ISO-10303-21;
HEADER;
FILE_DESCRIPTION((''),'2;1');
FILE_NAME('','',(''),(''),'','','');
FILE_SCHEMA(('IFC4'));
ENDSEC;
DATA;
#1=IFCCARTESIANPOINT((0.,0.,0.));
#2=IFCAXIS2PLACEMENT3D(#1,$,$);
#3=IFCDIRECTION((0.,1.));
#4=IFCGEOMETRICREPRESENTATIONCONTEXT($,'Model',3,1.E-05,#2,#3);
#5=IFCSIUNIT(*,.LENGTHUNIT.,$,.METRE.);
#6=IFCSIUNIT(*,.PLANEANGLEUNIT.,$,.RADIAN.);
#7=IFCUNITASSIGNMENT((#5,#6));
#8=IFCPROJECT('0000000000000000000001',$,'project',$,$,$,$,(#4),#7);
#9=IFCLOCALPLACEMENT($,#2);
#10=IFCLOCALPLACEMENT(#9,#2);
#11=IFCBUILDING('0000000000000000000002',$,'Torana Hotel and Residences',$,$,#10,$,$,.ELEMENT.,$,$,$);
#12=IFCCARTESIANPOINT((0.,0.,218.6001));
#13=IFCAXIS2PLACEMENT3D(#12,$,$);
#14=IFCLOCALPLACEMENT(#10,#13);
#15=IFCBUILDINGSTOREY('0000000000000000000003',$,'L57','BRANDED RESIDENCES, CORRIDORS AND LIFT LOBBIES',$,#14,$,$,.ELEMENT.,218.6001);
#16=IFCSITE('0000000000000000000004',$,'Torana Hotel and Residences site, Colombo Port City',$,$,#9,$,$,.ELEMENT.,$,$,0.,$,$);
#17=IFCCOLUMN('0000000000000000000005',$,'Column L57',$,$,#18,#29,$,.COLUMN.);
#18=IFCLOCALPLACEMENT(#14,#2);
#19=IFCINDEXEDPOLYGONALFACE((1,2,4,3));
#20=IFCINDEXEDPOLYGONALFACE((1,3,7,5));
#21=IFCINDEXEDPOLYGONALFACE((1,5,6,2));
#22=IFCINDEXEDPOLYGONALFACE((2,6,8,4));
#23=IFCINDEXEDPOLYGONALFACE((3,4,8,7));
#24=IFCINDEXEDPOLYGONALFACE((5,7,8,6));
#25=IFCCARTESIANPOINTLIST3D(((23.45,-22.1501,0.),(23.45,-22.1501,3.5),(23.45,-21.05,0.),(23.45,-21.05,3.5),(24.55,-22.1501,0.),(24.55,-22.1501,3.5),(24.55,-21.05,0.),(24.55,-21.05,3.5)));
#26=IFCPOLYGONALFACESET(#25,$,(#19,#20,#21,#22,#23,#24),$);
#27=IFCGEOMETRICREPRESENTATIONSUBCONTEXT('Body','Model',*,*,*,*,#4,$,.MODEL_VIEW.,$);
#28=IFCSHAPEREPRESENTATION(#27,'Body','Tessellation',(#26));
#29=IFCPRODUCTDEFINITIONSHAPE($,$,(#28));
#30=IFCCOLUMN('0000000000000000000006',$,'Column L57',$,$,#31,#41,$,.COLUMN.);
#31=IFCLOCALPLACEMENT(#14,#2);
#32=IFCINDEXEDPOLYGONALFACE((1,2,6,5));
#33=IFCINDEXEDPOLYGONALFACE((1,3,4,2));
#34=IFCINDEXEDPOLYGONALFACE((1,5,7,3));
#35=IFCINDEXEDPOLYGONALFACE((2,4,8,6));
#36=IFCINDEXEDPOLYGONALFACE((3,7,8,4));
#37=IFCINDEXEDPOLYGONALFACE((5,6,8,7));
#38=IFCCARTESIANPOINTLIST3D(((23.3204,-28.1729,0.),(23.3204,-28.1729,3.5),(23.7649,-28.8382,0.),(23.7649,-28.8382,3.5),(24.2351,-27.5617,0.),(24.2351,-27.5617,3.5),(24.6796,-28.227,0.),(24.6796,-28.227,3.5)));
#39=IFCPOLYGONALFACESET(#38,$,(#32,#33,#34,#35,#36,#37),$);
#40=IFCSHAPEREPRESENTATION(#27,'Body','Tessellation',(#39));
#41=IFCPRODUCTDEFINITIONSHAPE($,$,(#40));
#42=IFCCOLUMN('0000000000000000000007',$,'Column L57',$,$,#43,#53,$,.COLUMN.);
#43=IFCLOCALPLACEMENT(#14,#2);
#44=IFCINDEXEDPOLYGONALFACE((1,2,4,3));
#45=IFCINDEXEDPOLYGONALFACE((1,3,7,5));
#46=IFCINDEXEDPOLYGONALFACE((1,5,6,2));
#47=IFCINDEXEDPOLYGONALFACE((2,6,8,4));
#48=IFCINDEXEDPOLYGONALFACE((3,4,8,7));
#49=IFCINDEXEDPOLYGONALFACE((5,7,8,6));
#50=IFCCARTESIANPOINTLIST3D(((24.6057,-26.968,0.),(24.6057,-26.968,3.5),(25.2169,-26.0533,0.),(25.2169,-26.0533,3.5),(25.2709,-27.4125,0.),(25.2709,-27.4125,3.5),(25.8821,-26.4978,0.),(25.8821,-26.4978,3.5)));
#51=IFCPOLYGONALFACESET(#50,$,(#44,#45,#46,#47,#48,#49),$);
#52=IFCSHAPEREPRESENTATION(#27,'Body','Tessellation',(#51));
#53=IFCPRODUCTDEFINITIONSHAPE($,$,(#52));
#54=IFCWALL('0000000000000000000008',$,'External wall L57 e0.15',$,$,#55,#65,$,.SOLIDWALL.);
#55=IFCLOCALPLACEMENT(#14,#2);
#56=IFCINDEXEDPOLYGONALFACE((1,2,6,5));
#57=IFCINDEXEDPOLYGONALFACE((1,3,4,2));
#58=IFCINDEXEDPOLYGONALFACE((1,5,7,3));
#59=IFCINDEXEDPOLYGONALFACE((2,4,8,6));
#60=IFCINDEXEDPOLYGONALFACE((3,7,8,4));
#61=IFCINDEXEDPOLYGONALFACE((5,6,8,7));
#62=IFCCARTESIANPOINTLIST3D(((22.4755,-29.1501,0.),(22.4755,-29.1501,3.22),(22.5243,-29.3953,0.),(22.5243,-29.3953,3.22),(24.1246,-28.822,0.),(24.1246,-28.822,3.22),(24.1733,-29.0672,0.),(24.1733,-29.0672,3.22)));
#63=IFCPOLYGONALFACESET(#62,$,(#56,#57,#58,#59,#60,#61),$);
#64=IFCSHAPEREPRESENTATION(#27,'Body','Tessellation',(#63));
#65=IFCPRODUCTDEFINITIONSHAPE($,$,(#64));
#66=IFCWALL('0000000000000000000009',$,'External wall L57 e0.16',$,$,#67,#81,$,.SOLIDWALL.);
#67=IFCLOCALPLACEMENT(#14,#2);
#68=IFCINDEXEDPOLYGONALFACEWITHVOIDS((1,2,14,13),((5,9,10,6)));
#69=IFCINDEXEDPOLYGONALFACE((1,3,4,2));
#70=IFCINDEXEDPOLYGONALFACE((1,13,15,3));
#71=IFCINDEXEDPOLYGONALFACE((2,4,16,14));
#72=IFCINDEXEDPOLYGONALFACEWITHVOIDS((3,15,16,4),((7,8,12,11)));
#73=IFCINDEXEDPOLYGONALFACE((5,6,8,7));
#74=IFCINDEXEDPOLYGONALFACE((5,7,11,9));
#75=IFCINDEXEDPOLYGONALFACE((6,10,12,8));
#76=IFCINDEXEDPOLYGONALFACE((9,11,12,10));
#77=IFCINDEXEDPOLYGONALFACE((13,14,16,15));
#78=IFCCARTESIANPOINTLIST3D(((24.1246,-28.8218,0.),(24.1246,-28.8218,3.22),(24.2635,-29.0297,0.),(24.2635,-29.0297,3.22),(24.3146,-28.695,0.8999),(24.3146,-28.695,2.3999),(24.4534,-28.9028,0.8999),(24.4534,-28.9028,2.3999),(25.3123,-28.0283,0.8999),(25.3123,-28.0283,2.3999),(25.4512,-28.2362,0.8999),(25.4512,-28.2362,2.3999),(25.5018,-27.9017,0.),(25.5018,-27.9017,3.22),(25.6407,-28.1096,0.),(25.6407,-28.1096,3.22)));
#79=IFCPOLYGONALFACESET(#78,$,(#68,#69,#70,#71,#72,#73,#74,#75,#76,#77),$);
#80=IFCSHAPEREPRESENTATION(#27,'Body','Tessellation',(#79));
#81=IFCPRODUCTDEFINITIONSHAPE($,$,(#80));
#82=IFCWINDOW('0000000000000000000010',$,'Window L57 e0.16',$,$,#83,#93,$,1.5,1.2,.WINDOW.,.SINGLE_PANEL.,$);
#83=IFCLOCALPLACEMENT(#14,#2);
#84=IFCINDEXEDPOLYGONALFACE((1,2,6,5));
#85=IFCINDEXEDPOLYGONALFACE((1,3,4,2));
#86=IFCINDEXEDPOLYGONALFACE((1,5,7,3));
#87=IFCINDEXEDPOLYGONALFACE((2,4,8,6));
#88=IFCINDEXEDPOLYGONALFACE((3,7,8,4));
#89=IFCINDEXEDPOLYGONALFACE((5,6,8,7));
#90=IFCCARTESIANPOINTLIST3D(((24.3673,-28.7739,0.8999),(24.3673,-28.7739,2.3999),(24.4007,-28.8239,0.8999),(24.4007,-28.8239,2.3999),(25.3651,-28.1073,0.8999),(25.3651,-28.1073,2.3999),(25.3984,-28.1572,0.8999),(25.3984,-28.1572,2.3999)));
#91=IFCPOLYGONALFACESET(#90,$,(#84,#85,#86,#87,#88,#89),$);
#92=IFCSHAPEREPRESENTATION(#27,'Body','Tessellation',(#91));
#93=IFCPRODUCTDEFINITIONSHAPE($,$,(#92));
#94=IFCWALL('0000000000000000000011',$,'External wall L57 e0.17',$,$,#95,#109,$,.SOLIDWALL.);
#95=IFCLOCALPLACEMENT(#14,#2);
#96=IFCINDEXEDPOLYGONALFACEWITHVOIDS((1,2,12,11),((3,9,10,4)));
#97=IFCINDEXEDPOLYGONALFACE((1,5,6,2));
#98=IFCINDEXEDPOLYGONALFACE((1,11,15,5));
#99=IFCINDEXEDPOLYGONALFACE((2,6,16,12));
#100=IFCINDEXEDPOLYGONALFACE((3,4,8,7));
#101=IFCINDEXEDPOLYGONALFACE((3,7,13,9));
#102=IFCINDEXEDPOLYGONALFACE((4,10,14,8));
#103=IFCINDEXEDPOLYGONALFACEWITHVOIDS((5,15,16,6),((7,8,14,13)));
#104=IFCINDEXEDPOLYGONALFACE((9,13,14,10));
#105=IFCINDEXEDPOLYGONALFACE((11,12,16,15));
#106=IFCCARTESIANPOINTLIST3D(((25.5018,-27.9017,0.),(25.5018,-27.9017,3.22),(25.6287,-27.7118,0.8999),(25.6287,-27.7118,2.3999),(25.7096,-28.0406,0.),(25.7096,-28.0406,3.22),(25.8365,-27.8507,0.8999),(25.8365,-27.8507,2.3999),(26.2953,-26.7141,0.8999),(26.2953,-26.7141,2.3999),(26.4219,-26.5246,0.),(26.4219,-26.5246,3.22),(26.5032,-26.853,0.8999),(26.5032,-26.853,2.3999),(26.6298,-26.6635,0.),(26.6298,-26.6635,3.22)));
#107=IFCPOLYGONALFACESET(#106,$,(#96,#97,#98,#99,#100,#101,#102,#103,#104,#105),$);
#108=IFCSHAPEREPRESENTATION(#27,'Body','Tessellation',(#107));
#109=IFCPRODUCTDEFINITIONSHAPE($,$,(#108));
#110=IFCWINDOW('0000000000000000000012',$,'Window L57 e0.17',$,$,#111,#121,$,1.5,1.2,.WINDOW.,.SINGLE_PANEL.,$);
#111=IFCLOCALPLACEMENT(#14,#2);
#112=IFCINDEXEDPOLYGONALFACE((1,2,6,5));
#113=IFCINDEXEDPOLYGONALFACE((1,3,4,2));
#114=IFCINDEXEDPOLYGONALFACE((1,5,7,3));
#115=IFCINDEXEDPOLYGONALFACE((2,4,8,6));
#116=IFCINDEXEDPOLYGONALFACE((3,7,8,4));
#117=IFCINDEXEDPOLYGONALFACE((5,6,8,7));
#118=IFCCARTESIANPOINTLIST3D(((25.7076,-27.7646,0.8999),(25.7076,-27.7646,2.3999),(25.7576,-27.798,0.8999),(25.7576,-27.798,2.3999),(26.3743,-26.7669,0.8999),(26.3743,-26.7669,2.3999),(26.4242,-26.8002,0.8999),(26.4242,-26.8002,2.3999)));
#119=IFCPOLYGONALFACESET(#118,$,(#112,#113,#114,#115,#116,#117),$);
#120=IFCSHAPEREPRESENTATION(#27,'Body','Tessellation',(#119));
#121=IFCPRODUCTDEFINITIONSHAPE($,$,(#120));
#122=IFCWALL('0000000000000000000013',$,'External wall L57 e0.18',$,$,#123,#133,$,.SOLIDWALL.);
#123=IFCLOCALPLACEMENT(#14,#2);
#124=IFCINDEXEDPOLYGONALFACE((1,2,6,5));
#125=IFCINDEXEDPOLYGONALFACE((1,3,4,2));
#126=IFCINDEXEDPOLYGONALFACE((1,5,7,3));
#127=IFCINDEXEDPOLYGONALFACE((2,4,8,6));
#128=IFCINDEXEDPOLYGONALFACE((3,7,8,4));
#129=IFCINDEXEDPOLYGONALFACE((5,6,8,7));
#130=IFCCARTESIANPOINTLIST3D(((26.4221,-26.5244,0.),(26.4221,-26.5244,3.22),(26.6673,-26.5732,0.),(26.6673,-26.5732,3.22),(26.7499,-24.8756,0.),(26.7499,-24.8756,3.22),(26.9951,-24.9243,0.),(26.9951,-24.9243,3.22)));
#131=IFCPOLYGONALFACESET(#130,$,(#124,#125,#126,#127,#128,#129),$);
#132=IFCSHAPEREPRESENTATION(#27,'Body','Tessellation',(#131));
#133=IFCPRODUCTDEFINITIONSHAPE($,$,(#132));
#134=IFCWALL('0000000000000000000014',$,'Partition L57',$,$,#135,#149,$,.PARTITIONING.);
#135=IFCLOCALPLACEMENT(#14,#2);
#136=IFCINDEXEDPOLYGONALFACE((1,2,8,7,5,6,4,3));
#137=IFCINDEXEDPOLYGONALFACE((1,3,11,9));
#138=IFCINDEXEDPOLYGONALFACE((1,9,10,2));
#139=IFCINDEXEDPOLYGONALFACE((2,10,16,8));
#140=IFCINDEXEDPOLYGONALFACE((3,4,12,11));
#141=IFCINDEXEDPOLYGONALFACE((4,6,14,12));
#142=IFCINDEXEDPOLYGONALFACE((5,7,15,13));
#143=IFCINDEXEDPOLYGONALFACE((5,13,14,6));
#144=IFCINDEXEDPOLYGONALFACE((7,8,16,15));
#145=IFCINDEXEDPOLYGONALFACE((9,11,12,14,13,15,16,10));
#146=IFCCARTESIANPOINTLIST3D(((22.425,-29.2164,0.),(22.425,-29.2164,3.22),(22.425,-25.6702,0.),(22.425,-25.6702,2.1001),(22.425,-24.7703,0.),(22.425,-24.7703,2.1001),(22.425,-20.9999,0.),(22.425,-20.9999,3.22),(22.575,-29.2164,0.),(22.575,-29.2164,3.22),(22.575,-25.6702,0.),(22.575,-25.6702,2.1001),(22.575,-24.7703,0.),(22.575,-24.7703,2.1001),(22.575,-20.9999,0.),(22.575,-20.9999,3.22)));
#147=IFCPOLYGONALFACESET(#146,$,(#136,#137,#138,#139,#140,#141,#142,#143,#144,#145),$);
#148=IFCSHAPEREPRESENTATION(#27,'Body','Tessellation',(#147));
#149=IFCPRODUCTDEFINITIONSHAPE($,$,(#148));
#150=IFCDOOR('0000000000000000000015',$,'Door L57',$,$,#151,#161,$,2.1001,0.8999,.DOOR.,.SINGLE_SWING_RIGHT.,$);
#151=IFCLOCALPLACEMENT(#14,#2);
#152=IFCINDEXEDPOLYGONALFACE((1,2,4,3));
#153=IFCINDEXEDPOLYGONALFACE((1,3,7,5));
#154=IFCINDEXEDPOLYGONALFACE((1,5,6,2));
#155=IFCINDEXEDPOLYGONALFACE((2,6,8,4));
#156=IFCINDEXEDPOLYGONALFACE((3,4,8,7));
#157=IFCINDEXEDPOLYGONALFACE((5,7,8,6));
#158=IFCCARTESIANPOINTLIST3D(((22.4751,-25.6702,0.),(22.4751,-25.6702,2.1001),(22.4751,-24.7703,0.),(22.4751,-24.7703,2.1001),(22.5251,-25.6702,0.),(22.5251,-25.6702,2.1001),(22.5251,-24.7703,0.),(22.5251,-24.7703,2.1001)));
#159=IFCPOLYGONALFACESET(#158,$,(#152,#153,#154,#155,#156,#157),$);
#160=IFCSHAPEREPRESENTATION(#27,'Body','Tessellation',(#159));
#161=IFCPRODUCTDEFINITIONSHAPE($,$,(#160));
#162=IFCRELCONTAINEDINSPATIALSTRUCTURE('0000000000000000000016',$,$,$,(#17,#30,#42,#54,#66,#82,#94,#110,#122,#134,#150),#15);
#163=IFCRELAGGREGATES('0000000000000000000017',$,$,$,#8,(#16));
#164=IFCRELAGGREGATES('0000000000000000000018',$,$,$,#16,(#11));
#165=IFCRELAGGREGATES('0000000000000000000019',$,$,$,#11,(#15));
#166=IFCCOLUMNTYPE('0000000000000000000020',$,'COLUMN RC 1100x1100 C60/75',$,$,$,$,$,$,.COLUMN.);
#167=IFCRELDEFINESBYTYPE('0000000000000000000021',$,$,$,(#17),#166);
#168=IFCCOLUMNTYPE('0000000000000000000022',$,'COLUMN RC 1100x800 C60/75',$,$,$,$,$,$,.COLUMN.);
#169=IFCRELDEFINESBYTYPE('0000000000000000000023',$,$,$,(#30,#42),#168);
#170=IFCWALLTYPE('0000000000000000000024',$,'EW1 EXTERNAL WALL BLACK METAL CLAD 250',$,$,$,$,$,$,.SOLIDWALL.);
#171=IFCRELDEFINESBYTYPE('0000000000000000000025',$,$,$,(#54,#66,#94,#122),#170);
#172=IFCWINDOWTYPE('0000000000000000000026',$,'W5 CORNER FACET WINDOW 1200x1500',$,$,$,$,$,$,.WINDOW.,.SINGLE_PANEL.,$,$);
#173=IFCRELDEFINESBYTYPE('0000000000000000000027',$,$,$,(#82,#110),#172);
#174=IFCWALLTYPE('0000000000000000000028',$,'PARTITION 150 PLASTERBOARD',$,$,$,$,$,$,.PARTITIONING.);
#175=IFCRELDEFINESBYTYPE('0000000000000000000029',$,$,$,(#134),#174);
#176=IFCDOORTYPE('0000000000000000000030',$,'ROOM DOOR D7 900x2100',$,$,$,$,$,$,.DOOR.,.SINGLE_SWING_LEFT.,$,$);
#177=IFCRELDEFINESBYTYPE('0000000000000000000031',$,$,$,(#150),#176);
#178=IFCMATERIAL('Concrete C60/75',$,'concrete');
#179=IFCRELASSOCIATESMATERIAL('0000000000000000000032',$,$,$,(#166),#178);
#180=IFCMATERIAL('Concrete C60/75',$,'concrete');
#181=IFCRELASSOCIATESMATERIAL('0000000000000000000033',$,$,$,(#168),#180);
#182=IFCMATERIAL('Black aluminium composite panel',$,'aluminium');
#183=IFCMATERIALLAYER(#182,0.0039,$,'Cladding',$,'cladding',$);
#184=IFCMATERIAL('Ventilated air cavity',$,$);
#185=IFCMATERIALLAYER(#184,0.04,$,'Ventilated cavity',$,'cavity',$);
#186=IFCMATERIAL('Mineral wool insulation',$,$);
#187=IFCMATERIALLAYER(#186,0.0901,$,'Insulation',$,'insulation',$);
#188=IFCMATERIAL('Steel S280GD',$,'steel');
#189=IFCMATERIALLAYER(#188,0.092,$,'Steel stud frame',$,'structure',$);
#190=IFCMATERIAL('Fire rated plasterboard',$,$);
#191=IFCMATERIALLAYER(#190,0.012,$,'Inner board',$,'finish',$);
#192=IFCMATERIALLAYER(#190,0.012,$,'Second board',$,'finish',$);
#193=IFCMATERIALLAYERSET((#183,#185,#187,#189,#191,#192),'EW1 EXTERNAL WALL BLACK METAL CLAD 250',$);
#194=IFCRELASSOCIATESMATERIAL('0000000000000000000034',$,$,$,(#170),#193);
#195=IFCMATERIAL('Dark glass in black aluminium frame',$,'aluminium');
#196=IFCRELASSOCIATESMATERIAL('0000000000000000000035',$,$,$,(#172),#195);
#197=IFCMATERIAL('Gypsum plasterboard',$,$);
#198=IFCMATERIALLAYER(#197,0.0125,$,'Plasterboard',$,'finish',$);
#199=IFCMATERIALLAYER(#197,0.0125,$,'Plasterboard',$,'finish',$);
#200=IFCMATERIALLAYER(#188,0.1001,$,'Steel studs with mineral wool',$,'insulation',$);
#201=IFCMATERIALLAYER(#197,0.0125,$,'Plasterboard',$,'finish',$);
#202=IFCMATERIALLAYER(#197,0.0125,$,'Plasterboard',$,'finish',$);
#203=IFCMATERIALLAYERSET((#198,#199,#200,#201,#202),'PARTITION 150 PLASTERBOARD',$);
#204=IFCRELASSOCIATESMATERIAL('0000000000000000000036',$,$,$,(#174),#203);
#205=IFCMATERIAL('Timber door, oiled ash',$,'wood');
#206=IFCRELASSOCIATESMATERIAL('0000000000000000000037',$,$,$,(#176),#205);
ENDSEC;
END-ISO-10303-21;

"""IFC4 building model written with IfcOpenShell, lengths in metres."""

from ifc_helpers import new_model, si_unit, direction, frame, frame_2d, origin, origin_2d, place, context, subcontext, project, spatial, rectangle, extrude, material, layer, layer_set, material_profile, profile_set, type_object, element, fill, save


model = new_model("IFC4")

# Units and contexts
model_context = context("Model", 3, precision=1e-05, world=origin(), true_north=direction((0.0, 1.0)))
body_context = subcontext(model_context, "Body", "Model", "MODEL_VIEW")
ifc_project = project(units=[si_unit("LENGTHUNIT", "METRE"), si_unit("PLANEANGLEUNIT", "RADIAN")], contexts=[model_context])

# Site, building, storey
site_placement = place(None, origin())
site = spatial("IfcSite", under=ifc_project, at=site_placement, Name="Torana Hotel and Residences site, Colombo Port City", CompositionType="ELEMENT", RefElevation=0.0)
building_placement = place(site_placement, origin())
building = spatial("IfcBuilding", under=site, at=building_placement, Name="Torana Hotel and Residences", CompositionType="ELEMENT")
storey_placement = place(building_placement, frame((0.0, 0.0, 218.6001)))
storey = spatial("IfcBuildingStorey", under=building, at=storey_placement, Name="L57", Description="BRANDED RESIDENCES, CORRIDORS AND LIFT LOBBIES", CompositionType="ELEMENT", Elevation=218.6001)

# Columns
ifc_material_1 = material(Name="Concrete C60/75", Category="concrete")
ifc_material_profile_1 = material_profile(ifc_material_1, rectangle(XDim=1.1001, YDim=1.1001, at=origin_2d()), Name="RC 1100x1100")
ifc_profile_set_1 = profile_set([ifc_material_profile_1], Name="Concrete C60/75")
column_type_1 = type_object("IfcColumnType", Name="COLUMN RC 1100x1100 C60/75", PredefinedType="COLUMN", material=ifc_profile_set_1)
column_placement = place(storey_placement, frame((24.0, -21.6001, 0.0), z_axis=(0.0, 0.0, 1.0), x_axis=(1.0, 0.0, 0.0)))
element("IfcColumn", 1, at=column_placement, inside=storey, type_object=column_type_1, Name="Column L57", PredefinedType="COLUMN", context=body_context, shape_type="SweptSolid", body=[
    extrude(rectangle(XDim=1.1001, YDim=1.1001, at=origin_2d()), origin(), (0.0, 0.0, 1.0), 3.5),
])
ifc_material_2 = material(Name="Concrete C60/75", Category="concrete")
ifc_material_profile_2 = material_profile(ifc_material_2, rectangle(XDim=1.1001, YDim=0.8, at=origin_2d()), Name="RC 1100x800")
ifc_profile_set_2 = profile_set([ifc_material_profile_2], Name="Concrete C60/75")
column_type_2 = type_object("IfcColumnType", Name="COLUMN RC 1100x800 C60/75", PredefinedType="COLUMN", material=ifc_profile_set_2)
for number, where, z_axis, x_axis, name in (
    (2, (24.0, -28.2, 0.0), (0.0, 0.0, 1.0), (0.83146, 0.555585, 0.0), "Column L57"),
    (3, (25.2439, -26.7329, 0.0), (0.0, 0.0, 1.0), (0.555585, 0.83146, 0.0), "Column L57"),
):
    element("IfcColumn", number, at=place(storey_placement, frame(where, z_axis=z_axis, x_axis=x_axis)), inside=storey, type_object=column_type_2, Name=name, PredefinedType="COLUMN", context=body_context, shape_type="SweptSolid", body=[
        extrude(rectangle(XDim=1.1001, YDim=0.8, at=origin_2d()), origin(), (0.0, 0.0, 1.0), 3.5),
    ])

# Wall
ifc_material_3 = material(Name="Black aluminium composite panel", Category="aluminium")
ifc_layer_1 = layer(ifc_material_3, 0.0039, Name="Cladding", Category="cladding")
ifc_material_4 = material(Name="Ventilated air cavity")
ifc_layer_2 = layer(ifc_material_4, 0.04, Name="Ventilated cavity", Category="cavity")
ifc_material_5 = material(Name="Mineral wool insulation")
ifc_layer_3 = layer(ifc_material_5, 0.0901, Name="Insulation", Category="insulation")
ifc_material_6 = material(Name="Steel S280GD", Category="steel")
ifc_layer_4 = layer(ifc_material_6, 0.092, Name="Steel stud frame", Category="structure")
ifc_material_7 = material(Name="Fire rated plasterboard")
ifc_layer_5 = layer(ifc_material_7, 0.012, Name="Inner board", Category="finish")
ifc_layer_6 = layer(ifc_material_7, 0.012, Name="Second board", Category="finish")
ifc_layer_set_1 = layer_set([ifc_layer_1, ifc_layer_2, ifc_layer_3, ifc_layer_4, ifc_layer_5, ifc_layer_6], Name="EW1 EXTERNAL WALL BLACK METAL CLAD 250")
wall_type_1 = type_object("IfcWallType", Name="EW1 EXTERNAL WALL BLACK METAL CLAD 250", PredefinedType="SOLIDWALL", material=ifc_layer_set_1)
wall_1_placement = place(storey_placement, frame((22.4998, -29.2727, 0.0), z_axis=(0.0, 0.0, 1.0), x_axis=(0.980776, 0.195139, 0.0)))
element("IfcWall", 4, at=wall_1_placement, inside=storey, type_object=wall_type_1, Name="External wall L57 e0.15", PredefinedType="SOLIDWALL", context=body_context, shape_type="SweptSolid", body=[
    extrude(rectangle(XDim=1.6814, YDim=0.25, at=frame_2d((0.8408, 0.0))), origin(), (0.0, 0.0, 1.0), 3.22),
])

# Walls, openings, windows
wall_2_placement = place(storey_placement, frame((24.1941, -28.9258, 0.0), z_axis=(0.0, 0.0, 1.0), x_axis=(0.831483, 0.55555, 0.0)))
wall_2 = element("IfcWall", 5, at=wall_2_placement, inside=storey, type_object=wall_type_1, Name="External wall L57 e0.16", PredefinedType="SOLIDWALL", context=body_context, shape_type="SweptSolid", body=[
    extrude(rectangle(XDim=1.6562, YDim=0.25, at=frame_2d((0.8281, 0.0))), origin(), (0.0, 0.0, 1.0), 3.22),
])
opening_1_placement = place(wall_2_placement, frame((0.2283, 0.0, 0.8999)))
opening_1 = element("IfcOpeningElement", 6, at=opening_1_placement, cuts=wall_2, PredefinedType="OPENING", context=body_context, shape_type="SweptSolid", body=[
    extrude(rectangle(XDim=1.2, YDim=1.5, at=frame_2d((0.6001, 0.75))), frame((0.0, 0.135, 0.0), z_axis=(0.0, -1.0, 0.0), x_axis=(1.0, 0.0, 0.0)), (0.0, 0.0, 1.0), 0.27),
])
ifc_material_8 = material(Name="Dark glass in black aluminium frame", Category="aluminium")
window_type = type_object("IfcWindowType", Name="W5 CORNER FACET WINDOW 1200x1500", PartitioningType="SINGLE_PANEL", PredefinedType="WINDOW", material=ifc_material_8)
window_1_placement = place(opening_1_placement, origin())
window_1 = element("IfcWindow", 7, at=window_1_placement, inside=storey, type_object=window_type, Name="Window L57 e0.16", OverallHeight=1.5, OverallWidth=1.2, PartitioningType="SINGLE_PANEL", PredefinedType="WINDOW", context=body_context, shape_type="SweptSolid", body=[
    extrude(rectangle(XDim=1.2, YDim=1.5, at=frame_2d((0.6001, 0.75))), frame((0.0, 0.03, 0.0), z_axis=(0.0, -1.0, 0.0), x_axis=(1.0, 0.0, 0.0)), (0.0, 0.0, 1.0), 0.0601),
])
fill(opening_1, window_1)
wall_3_placement = place(storey_placement, frame((25.6057, -27.9712, 0.0), z_axis=(0.0, 0.0, 1.0), x_axis=(0.55555, 0.831483, 0.0)))
wall_3 = element("IfcWall", 8, at=wall_3_placement, inside=storey, type_object=wall_type_1, Name="External wall L57 e0.17", PredefinedType="SOLIDWALL", context=body_context, shape_type="SweptSolid", body=[
    extrude(rectangle(XDim=1.6562, YDim=0.25, at=frame_2d((0.8281, 0.0))), origin(), (0.0, 0.0, 1.0), 3.22),
])
opening_2_placement = place(wall_3_placement, frame((0.2283, 0.0, 0.8999)))
opening_2 = element("IfcOpeningElement", 9, at=opening_2_placement, cuts=wall_3, PredefinedType="OPENING", context=body_context, shape_type="SweptSolid", body=[
    extrude(rectangle(XDim=1.2, YDim=1.5, at=frame_2d((0.6001, 0.75))), frame((0.0, 0.135, 0.0), z_axis=(0.0, -1.0, 0.0), x_axis=(1.0, 0.0, 0.0)), (0.0, 0.0, 1.0), 0.27),
])
window_2_placement = place(opening_2_placement, origin())
window_2 = element("IfcWindow", 10, at=window_2_placement, inside=storey, type_object=window_type, Name="Window L57 e0.17", OverallHeight=1.5, OverallWidth=1.2, PartitioningType="SINGLE_PANEL", PredefinedType="WINDOW", context=body_context, shape_type="SweptSolid", body=[
    extrude(rectangle(XDim=1.2, YDim=1.5, at=frame_2d((0.6001, 0.75))), frame((0.0, 0.03, 0.0), z_axis=(0.0, -1.0, 0.0), x_axis=(1.0, 0.0, 0.0)), (0.0, 0.0, 1.0), 0.0601),
])
fill(opening_2, window_2)

# Wall
wall_4_placement = place(storey_placement, frame((26.5447, -26.5488, 0.0), z_axis=(0.0, 0.0, 1.0), x_axis=(0.195027, 0.980798, 0.0)))
element("IfcWall", 11, at=wall_4_placement, inside=storey, type_object=wall_type_1, Name="External wall L57 e0.18", PredefinedType="SOLIDWALL", context=body_context, shape_type="SweptSolid", body=[
    extrude(rectangle(XDim=1.6812, YDim=0.25, at=frame_2d((0.8406, 0.0))), origin(), (0.0, 0.0, 1.0), 3.22),
])

# Wall, opening, door
ifc_material_9 = material(Name="Gypsum plasterboard")
ifc_layer_7 = layer(ifc_material_9, 0.0125, Name="Plasterboard", Category="finish")
ifc_layer_8 = layer(ifc_material_9, 0.0125, Name="Plasterboard", Category="finish")
ifc_layer_9 = layer(ifc_material_6, 0.1001, Name="Steel studs with mineral wool", Category="insulation")
ifc_layer_10 = layer(ifc_material_9, 0.0125, Name="Plasterboard", Category="finish")
ifc_layer_11 = layer(ifc_material_9, 0.0125, Name="Plasterboard", Category="finish")
ifc_layer_set_2 = layer_set([ifc_layer_7, ifc_layer_8, ifc_layer_9, ifc_layer_10, ifc_layer_11], Name="PARTITION 150 PLASTERBOARD")
wall_type_2 = type_object("IfcWallType", Name="PARTITION 150 PLASTERBOARD", PredefinedType="PARTITIONING", material=ifc_layer_set_2)
wall_5_placement = place(storey_placement, frame((22.5, -29.2166, 0.0), z_axis=(0.0, 0.0, 1.0), x_axis=(0.0, 1.0, 0.0)))
wall_5 = element("IfcWall", 12, at=wall_5_placement, inside=storey, type_object=wall_type_2, Name="Partition L57", PredefinedType="PARTITIONING", context=body_context, shape_type="SweptSolid", body=[
    extrude(rectangle(XDim=8.2166, YDim=0.1499, at=frame_2d((4.1084, 0.0))), origin(), (0.0, 0.0, 1.0), 3.22),
])
opening_3_placement = place(wall_5_placement, frame((3.5464, 0.0, 0.0)))
opening_3 = element("IfcOpeningElement", 13, at=opening_3_placement, cuts=wall_5, PredefinedType="OPENING", context=body_context, shape_type="SweptSolid", body=[
    extrude(rectangle(XDim=0.8999, YDim=2.1001, at=frame_2d((0.45, 1.05))), frame((0.0, 0.085, 0.0), z_axis=(0.0, -1.0, 0.0), x_axis=(1.0, 0.0, 0.0)), (0.0, 0.0, 1.0), 0.1699),
])
ifc_material_10 = material(Name="Timber door, oiled ash", Category="wood")
door_type_1 = type_object("IfcDoorType", Name="ROOM DOOR D7 900x2100", OperationType="SINGLE_SWING_LEFT", PredefinedType="DOOR", material=ifc_material_10)
door_1_placement = place(opening_3_placement, origin())
door_1 = element("IfcDoor", 14, at=door_1_placement, inside=storey, type_object=door_type_1, Name="Door L57", OperationType="SINGLE_SWING_RIGHT", OverallHeight=2.1001, OverallWidth=0.8999, PredefinedType="DOOR", context=body_context, shape_type="SweptSolid", body=[
    extrude(rectangle(XDim=0.8999, YDim=2.1001, at=frame_2d((0.45, 1.05))), frame((0.0, 0.0249, 0.0), z_axis=(0.0, -1.0, 0.0), x_axis=(1.0, 0.0, 0.0)), (0.0, 0.0, 1.0), 0.05),
])
fill(opening_3, door_1)

save(model, "model.ifc")
